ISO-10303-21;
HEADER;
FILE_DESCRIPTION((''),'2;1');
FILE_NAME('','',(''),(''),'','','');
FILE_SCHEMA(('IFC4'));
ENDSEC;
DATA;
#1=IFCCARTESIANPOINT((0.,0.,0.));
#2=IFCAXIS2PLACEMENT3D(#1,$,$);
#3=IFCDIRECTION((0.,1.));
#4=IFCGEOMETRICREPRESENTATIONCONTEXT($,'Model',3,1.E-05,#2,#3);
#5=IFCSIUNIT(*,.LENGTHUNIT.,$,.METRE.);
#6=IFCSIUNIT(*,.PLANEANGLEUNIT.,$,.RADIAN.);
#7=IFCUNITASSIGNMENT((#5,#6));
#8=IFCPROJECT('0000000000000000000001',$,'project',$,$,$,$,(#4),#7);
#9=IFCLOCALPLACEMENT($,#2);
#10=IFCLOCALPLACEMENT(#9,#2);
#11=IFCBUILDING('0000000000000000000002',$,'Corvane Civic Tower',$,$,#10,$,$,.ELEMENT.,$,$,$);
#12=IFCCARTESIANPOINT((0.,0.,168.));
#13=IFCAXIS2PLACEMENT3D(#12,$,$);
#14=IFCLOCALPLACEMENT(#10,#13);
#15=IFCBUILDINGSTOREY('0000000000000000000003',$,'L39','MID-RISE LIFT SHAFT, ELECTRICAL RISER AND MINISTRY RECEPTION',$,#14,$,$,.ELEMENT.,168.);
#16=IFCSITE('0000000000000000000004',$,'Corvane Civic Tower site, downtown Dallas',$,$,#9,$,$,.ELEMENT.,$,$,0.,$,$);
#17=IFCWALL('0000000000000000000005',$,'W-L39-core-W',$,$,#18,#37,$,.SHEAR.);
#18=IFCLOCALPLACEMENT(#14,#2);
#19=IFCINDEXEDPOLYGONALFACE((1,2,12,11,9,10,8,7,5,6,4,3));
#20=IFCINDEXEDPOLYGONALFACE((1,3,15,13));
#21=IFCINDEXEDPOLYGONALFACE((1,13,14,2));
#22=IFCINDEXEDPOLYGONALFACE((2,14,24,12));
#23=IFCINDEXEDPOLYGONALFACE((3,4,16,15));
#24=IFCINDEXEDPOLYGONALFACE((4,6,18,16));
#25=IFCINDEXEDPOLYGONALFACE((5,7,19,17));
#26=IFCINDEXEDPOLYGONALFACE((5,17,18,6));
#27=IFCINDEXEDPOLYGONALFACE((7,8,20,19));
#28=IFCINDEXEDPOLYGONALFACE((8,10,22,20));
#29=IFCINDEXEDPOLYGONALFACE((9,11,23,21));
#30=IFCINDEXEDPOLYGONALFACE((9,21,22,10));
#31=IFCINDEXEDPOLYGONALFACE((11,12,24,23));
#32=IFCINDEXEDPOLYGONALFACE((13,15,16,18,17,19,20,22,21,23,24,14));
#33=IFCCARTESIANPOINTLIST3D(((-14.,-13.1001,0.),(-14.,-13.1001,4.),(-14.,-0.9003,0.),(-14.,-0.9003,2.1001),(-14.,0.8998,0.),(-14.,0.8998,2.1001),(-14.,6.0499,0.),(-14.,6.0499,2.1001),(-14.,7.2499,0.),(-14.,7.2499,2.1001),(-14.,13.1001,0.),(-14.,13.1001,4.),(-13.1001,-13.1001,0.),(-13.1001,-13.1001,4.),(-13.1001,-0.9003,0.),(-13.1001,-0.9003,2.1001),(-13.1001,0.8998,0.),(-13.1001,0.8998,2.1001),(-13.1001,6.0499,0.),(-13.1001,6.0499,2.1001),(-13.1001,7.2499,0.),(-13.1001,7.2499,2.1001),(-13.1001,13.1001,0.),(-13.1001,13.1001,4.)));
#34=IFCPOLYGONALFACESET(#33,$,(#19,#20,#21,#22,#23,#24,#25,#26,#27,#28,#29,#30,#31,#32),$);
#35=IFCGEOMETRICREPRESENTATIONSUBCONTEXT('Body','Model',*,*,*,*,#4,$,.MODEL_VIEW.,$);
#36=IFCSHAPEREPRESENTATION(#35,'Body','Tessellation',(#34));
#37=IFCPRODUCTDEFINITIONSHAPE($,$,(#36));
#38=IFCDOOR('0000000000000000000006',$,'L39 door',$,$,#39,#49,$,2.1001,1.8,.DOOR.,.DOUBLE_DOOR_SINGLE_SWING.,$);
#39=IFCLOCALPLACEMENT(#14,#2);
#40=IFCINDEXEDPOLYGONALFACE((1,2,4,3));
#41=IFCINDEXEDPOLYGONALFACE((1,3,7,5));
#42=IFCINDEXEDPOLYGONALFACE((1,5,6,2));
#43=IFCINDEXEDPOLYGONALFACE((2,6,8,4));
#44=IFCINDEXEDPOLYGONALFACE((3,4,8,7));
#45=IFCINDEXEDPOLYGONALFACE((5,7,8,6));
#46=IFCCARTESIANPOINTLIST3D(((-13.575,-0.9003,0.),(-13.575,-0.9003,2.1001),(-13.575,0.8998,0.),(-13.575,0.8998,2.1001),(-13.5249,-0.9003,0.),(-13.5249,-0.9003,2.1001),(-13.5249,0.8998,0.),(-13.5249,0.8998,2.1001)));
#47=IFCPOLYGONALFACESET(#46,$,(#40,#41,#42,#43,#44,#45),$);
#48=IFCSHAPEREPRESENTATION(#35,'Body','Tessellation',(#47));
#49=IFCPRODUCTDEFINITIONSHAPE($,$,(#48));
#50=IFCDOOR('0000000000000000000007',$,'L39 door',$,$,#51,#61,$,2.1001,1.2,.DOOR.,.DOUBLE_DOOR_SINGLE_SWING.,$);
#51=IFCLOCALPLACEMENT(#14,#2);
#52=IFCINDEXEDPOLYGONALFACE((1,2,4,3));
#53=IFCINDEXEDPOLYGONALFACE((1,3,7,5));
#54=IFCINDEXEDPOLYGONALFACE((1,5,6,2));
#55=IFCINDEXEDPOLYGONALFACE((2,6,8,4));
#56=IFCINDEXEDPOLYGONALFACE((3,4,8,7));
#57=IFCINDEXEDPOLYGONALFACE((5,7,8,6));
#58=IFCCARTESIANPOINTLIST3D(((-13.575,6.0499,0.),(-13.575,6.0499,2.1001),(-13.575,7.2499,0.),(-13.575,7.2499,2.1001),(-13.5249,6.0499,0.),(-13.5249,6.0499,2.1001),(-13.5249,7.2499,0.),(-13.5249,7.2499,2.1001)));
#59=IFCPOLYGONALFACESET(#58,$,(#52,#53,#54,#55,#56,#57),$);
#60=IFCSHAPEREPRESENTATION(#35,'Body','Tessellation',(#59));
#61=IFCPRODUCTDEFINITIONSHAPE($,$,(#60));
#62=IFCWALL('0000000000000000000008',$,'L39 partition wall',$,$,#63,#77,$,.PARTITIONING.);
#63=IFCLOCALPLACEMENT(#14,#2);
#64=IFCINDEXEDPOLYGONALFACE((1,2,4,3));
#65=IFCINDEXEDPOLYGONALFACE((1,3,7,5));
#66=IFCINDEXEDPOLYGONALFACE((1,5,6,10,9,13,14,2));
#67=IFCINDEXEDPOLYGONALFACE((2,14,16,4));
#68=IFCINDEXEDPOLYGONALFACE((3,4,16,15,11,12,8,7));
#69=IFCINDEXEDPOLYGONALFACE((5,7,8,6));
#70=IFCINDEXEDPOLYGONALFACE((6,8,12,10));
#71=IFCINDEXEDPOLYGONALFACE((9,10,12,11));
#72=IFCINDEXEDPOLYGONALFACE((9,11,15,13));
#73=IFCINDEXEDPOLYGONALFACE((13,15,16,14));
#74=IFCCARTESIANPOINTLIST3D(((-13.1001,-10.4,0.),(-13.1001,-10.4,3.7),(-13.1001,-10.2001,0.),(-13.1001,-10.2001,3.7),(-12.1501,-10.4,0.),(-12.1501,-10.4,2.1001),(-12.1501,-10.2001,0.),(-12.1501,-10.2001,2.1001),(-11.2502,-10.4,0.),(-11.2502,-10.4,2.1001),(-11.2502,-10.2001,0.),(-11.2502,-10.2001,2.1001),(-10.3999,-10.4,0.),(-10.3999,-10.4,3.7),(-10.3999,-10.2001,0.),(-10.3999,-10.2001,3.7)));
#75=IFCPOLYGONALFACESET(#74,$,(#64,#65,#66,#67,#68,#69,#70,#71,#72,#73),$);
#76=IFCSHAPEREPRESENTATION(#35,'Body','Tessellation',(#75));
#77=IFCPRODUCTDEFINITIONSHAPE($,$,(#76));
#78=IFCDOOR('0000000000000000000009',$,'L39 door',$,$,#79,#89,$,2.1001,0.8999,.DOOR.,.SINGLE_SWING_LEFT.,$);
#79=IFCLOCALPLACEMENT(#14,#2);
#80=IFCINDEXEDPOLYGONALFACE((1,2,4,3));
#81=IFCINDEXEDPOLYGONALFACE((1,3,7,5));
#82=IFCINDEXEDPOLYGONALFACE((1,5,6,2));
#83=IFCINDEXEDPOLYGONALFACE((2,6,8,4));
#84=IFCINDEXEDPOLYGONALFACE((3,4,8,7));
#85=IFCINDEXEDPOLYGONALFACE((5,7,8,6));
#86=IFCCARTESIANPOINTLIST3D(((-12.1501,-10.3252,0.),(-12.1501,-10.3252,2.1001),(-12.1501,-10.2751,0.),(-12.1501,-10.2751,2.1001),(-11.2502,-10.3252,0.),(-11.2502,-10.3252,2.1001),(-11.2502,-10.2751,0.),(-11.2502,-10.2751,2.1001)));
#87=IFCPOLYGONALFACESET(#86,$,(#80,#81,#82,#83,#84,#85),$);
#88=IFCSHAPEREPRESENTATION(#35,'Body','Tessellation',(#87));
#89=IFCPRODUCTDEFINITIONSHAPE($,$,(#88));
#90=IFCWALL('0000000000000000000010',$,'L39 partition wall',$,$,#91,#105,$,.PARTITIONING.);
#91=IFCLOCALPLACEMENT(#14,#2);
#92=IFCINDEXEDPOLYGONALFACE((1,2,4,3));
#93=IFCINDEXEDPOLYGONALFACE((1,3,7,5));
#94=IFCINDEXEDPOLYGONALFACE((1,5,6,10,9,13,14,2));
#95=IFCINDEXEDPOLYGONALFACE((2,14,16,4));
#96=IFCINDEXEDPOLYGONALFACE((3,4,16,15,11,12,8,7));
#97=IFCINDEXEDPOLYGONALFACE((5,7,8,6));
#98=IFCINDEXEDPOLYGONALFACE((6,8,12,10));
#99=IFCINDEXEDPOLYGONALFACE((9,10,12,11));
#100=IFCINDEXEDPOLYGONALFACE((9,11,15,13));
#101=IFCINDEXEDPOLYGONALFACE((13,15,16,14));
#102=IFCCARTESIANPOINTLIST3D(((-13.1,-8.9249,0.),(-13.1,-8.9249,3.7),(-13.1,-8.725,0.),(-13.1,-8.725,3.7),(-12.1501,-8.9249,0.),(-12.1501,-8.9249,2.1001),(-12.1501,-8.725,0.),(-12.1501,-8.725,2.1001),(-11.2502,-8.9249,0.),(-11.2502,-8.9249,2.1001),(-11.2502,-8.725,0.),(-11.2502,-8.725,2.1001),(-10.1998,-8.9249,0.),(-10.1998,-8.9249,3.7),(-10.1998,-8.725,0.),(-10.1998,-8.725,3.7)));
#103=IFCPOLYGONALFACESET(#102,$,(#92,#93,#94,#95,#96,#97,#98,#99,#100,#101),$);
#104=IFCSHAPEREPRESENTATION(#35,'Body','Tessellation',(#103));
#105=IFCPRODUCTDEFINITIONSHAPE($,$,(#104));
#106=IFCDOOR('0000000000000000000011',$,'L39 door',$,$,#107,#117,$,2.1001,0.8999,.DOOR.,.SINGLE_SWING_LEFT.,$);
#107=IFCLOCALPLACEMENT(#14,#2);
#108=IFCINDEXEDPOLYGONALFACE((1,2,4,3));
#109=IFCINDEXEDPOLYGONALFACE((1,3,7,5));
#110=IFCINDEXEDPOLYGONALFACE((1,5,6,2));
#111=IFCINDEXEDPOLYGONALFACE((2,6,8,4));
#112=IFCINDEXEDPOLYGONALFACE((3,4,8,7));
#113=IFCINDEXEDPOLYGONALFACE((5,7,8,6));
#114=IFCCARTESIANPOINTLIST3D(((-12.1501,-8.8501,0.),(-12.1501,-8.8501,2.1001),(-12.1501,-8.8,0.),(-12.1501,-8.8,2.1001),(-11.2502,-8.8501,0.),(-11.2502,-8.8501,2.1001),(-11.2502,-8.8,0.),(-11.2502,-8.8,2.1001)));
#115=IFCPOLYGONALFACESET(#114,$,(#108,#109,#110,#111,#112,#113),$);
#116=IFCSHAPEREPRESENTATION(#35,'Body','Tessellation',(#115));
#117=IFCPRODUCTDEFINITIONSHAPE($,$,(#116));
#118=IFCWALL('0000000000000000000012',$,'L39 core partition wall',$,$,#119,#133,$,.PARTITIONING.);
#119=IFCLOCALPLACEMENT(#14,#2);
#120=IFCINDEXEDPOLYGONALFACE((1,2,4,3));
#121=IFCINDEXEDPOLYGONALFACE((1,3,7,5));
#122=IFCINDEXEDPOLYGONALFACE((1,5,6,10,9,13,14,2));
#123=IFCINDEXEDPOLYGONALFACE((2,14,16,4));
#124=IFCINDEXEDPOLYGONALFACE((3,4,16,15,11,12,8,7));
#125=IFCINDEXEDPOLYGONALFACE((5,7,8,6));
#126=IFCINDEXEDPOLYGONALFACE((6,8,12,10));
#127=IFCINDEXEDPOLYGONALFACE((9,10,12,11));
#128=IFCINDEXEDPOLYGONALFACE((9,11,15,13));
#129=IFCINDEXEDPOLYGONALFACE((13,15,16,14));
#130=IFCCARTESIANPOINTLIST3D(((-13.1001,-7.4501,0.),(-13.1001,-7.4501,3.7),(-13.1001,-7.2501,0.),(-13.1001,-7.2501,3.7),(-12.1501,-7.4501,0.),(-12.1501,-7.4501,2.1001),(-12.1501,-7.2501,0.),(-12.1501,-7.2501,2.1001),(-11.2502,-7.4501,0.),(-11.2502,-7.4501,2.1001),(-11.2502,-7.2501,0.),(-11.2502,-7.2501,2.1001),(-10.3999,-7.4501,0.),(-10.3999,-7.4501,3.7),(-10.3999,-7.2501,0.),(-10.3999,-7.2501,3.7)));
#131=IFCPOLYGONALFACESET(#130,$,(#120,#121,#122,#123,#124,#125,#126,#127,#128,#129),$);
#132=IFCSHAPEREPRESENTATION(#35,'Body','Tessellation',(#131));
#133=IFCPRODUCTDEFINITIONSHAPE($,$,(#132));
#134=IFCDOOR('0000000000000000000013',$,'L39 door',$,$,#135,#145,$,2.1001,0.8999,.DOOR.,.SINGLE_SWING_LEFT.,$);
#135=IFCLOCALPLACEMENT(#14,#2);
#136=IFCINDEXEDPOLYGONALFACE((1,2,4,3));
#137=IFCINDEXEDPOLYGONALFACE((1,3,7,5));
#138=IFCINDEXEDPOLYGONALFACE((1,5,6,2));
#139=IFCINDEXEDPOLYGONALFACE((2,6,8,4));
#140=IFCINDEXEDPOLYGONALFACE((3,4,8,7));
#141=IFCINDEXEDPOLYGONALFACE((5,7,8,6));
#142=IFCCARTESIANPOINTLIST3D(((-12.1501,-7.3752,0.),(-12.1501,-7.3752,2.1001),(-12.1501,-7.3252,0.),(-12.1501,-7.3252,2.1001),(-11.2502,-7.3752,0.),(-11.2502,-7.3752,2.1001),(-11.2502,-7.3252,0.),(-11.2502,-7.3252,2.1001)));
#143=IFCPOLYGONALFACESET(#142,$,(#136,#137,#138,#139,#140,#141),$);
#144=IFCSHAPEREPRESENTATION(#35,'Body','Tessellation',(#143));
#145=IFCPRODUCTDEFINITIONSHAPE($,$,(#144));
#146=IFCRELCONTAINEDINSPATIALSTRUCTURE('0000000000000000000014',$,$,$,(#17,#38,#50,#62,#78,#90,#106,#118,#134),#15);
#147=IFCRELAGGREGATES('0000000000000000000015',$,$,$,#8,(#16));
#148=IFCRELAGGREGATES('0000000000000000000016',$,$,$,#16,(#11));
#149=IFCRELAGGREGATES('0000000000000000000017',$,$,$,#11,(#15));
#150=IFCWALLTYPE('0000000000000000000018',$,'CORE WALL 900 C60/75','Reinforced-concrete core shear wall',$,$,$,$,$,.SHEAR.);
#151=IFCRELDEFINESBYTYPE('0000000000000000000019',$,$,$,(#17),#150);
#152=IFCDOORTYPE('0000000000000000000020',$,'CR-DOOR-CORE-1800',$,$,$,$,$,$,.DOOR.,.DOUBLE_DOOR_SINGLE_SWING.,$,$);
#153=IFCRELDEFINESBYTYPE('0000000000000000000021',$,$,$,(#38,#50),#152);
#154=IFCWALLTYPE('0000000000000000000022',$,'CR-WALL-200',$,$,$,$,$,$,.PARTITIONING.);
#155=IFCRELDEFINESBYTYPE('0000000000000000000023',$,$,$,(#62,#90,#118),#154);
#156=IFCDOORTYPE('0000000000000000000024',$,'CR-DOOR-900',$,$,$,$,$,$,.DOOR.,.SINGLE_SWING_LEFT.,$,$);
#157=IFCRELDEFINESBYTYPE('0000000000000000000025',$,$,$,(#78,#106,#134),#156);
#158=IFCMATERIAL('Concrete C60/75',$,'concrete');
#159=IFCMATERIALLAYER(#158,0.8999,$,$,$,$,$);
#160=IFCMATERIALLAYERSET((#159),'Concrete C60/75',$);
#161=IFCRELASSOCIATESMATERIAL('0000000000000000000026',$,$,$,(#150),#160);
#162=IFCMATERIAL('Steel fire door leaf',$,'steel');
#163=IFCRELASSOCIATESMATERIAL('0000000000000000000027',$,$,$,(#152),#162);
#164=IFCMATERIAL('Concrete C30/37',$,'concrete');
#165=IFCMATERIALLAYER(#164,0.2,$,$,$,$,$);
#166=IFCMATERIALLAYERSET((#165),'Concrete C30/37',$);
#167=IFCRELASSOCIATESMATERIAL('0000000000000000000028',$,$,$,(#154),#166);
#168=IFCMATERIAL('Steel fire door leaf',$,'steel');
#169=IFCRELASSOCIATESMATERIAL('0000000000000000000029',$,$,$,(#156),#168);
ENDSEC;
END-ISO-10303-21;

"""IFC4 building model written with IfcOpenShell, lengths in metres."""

from ifc_helpers import new_model, si_unit, direction, frame, frame_2d, origin, place, context, subcontext, project, spatial, rectangle, extrude, material, layer, layer_set, type_object, element, fill, save


model = new_model("IFC4")

# Units and contexts
model_context = context("Model", 3, precision=1e-05, world=origin(), true_north=direction((0.0, 1.0)))
body_context = subcontext(model_context, "Body", "Model", "MODEL_VIEW")
ifc_project = project(units=[si_unit("LENGTHUNIT", "METRE"), si_unit("PLANEANGLEUNIT", "RADIAN")], contexts=[model_context])

# Site, building, storey
site_placement = place(None, origin())
site = spatial("IfcSite", under=ifc_project, at=site_placement, Name="Corvane Civic Tower site, downtown Dallas", CompositionType="ELEMENT", RefElevation=0.0)
building_placement = place(site_placement, origin())
building = spatial("IfcBuilding", under=site, at=building_placement, Name="Corvane Civic Tower", CompositionType="ELEMENT")
storey_placement = place(building_placement, frame((0.0, 0.0, 168.0)))
storey = spatial("IfcBuildingStorey", under=building, at=storey_placement, Name="L39", Description="MID-RISE LIFT SHAFT, ELECTRICAL RISER AND MINISTRY RECEPTION", CompositionType="ELEMENT", Elevation=168.0)

# Shared definitions
ifc_material_1 = material(Name="Concrete C60/75", Category="concrete")
ifc_layer_1 = layer(ifc_material_1, 0.8999)
ifc_layer_set_1 = layer_set([ifc_layer_1], Name="Concrete C60/75")
wall_type_1 = type_object("IfcWallType", Name="CORE WALL 900 C60/75", Description="Reinforced-concrete core shear wall", PredefinedType="SHEAR", material=ifc_layer_set_1)

# Wall, openings, doors
wall_1_placement = place(storey_placement, frame((-13.55, -13.1001, 0.0), z_axis=(0.0, 0.0, 1.0), x_axis=(0.0, 1.0, 0.0)))
wall_1 = element("IfcWall", 1, at=wall_1_placement, inside=storey, type_object=wall_type_1, Name="W-L39-core-W", PredefinedType="SHEAR", context=body_context, shape_type="SweptSolid", body=[
    extrude(rectangle(XDim=26.2002, YDim=0.8999, at=frame_2d((13.1001, 0.0))), origin(), (0.0, 0.0, 1.0), 4.0),
])
opening_1_placement = place(wall_1_placement, frame((12.2, 0.0, 0.0)))
opening_1 = element("IfcOpeningElement", 2, at=opening_1_placement, cuts=wall_1, PredefinedType="OPENING", context=body_context, shape_type="SweptSolid", body=[
    extrude(rectangle(XDim=1.8, YDim=2.1001, at=frame_2d((0.8999, 1.05))), frame((0.0, 0.46, 0.0), z_axis=(0.0, -1.0, 0.0), x_axis=(1.0, 0.0, 0.0)), (0.0, 0.0, 1.0), 0.9199),
])
opening_2_placement = place(wall_1_placement, frame((19.1499, 0.0, 0.0)))
opening_2 = element("IfcOpeningElement", 3, at=opening_2_placement, cuts=wall_1, PredefinedType="OPENING", context=body_context, shape_type="SweptSolid", body=[
    extrude(rectangle(XDim=1.2, YDim=2.1001, at=frame_2d((0.6001, 1.05))), frame((0.0, 0.46, 0.0), z_axis=(0.0, -1.0, 0.0), x_axis=(1.0, 0.0, 0.0)), (0.0, 0.0, 1.0), 0.9199),
])
ifc_material_2 = material(Name="Steel fire door leaf", Category="steel")
door_type_1 = type_object("IfcDoorType", Name="CR-DOOR-CORE-1800", OperationType="DOUBLE_DOOR_SINGLE_SWING", PredefinedType="DOOR", material=ifc_material_2)
door_1_placement = place(opening_1_placement, origin())
door_1 = element("IfcDoor", 4, at=door_1_placement, inside=storey, type_object=door_type_1, Name="L39 door", OperationType="DOUBLE_DOOR_SINGLE_SWING", OverallHeight=2.1001, OverallWidth=1.8, PredefinedType="DOOR", context=body_context, shape_type="SweptSolid", body=[
    extrude(rectangle(XDim=1.8, YDim=2.1001, at=frame_2d((0.8999, 1.05))), frame((0.0, 0.0249, 0.0), z_axis=(0.0, -1.0, 0.0), x_axis=(1.0, 0.0, 0.0)), (0.0, 0.0, 1.0), 0.05),
])
fill(opening_1, door_1)
door_2_placement = place(opening_2_placement, origin())
door_2 = element("IfcDoor", 5, at=door_2_placement, inside=storey, type_object=door_type_1, Name="L39 door", OperationType="DOUBLE_DOOR_SINGLE_SWING", OverallHeight=2.1001, OverallWidth=1.2, PredefinedType="DOOR", context=body_context, shape_type="SweptSolid", body=[
    extrude(rectangle(XDim=1.2, YDim=2.1001, at=frame_2d((0.6001, 1.05))), frame((0.0, 0.0249, 0.0), z_axis=(0.0, -1.0, 0.0), x_axis=(1.0, 0.0, 0.0)), (0.0, 0.0, 1.0), 0.05),
])
fill(opening_2, door_2)

# Walls, openings, doors
ifc_material_3 = material(Name="Concrete C30/37", Category="concrete")
ifc_layer_2 = layer(ifc_material_3, 0.2)
ifc_layer_set_2 = layer_set([ifc_layer_2], Name="Concrete C30/37")
wall_type_2 = type_object("IfcWallType", Name="CR-WALL-200", PredefinedType="PARTITIONING", material=ifc_layer_set_2)
wall_2_placement = place(storey_placement, frame((-13.1001, -10.3, 0.0), z_axis=(0.0, 0.0, 1.0), x_axis=(1.0, 0.0, 0.0)))
wall_2 = element("IfcWall", 6, at=wall_2_placement, inside=storey, type_object=wall_type_2, Name="L39 partition wall", PredefinedType="PARTITIONING", context=body_context, shape_type="SweptSolid", body=[
    extrude(rectangle(XDim=2.7002, YDim=0.2, at=frame_2d((1.3501, 0.0))), origin(), (0.0, 0.0, 1.0), 3.7),
])
opening_3_placement = place(wall_2_placement, frame((0.95, 0.0, 0.0)))
opening_3 = element("IfcOpeningElement", 7, at=opening_3_placement, cuts=wall_2, PredefinedType="OPENING", context=body_context, shape_type="SweptSolid", body=[
    extrude(rectangle(XDim=0.8999, YDim=2.1001, at=frame_2d((0.45, 1.05))), frame((0.0, 0.1099, 0.0), z_axis=(0.0, -1.0, 0.0), x_axis=(1.0, 0.0, 0.0)), (0.0, 0.0, 1.0), 0.22),
])
ifc_material_4 = material(Name="Steel fire door leaf", Category="steel")
door_type_2 = type_object("IfcDoorType", Name="CR-DOOR-900", OperationType="SINGLE_SWING_LEFT", PredefinedType="DOOR", material=ifc_material_4)
door_3_placement = place(opening_3_placement, origin())
door_3 = element("IfcDoor", 8, at=door_3_placement, inside=storey, type_object=door_type_2, Name="L39 door", OperationType="SINGLE_SWING_LEFT", OverallHeight=2.1001, OverallWidth=0.8999, PredefinedType="DOOR", context=body_context, shape_type="SweptSolid", body=[
    extrude(rectangle(XDim=0.8999, YDim=2.1001, at=frame_2d((0.45, 1.05))), frame((0.0, 0.0249, 0.0), z_axis=(0.0, -1.0, 0.0), x_axis=(1.0, 0.0, 0.0)), (0.0, 0.0, 1.0), 0.05),
])
fill(opening_3, door_3)
wall_3_placement = place(storey_placement, frame((-13.1001, -8.825, 0.0), z_axis=(0.0, 0.0, 1.0), x_axis=(1.0, 0.0, 0.0)))
wall_3 = element("IfcWall", 9, at=wall_3_placement, inside=storey, type_object=wall_type_2, Name="L39 partition wall", PredefinedType="PARTITIONING", context=body_context, shape_type="SweptSolid", body=[
    extrude(rectangle(XDim=2.9001, YDim=0.2, at=frame_2d((1.4502, 0.0))), origin(), (0.0, 0.0, 1.0), 3.7),
])
opening_4_placement = place(wall_3_placement, frame((0.95, 0.0, 0.0)))
opening_4 = element("IfcOpeningElement", 10, at=opening_4_placement, cuts=wall_3, PredefinedType="OPENING", context=body_context, shape_type="SweptSolid", body=[
    extrude(rectangle(XDim=0.8999, YDim=2.1001, at=frame_2d((0.45, 1.05))), frame((0.0, 0.1099, 0.0), z_axis=(0.0, -1.0, 0.0), x_axis=(1.0, 0.0, 0.0)), (0.0, 0.0, 1.0), 0.22),
])
door_4_placement = place(opening_4_placement, origin())
door_4 = element("IfcDoor", 11, at=door_4_placement, inside=storey, type_object=door_type_2, Name="L39 door", OperationType="SINGLE_SWING_LEFT", OverallHeight=2.1001, OverallWidth=0.8999, PredefinedType="DOOR", context=body_context, shape_type="SweptSolid", body=[
    extrude(rectangle(XDim=0.8999, YDim=2.1001, at=frame_2d((0.45, 1.05))), frame((0.0, 0.0249, 0.0), z_axis=(0.0, -1.0, 0.0), x_axis=(1.0, 0.0, 0.0)), (0.0, 0.0, 1.0), 0.05),
])
fill(opening_4, door_4)
wall_4_placement = place(storey_placement, frame((-13.1001, -7.3501, 0.0), z_axis=(0.0, 0.0, 1.0), x_axis=(1.0, 0.0, 0.0)))
wall_4 = element("IfcWall", 12, at=wall_4_placement, inside=storey, type_object=wall_type_2, Name="L39 core partition wall", PredefinedType="PARTITIONING", context=body_context, shape_type="SweptSolid", body=[
    extrude(rectangle(XDim=2.7002, YDim=0.2, at=frame_2d((1.3501, 0.0))), origin(), (0.0, 0.0, 1.0), 3.7),
])
opening_5_placement = place(wall_4_placement, frame((0.95, 0.0, 0.0)))
opening_5 = element("IfcOpeningElement", 13, at=opening_5_placement, cuts=wall_4, PredefinedType="OPENING", context=body_context, shape_type="SweptSolid", body=[
    extrude(rectangle(XDim=0.8999, YDim=2.1001, at=frame_2d((0.45, 1.05))), frame((0.0, 0.1099, 0.0), z_axis=(0.0, -1.0, 0.0), x_axis=(1.0, 0.0, 0.0)), (0.0, 0.0, 1.0), 0.22),
])
door_5_placement = place(opening_5_placement, origin())
door_5 = element("IfcDoor", 14, at=door_5_placement, inside=storey, type_object=door_type_2, Name="L39 door", OperationType="SINGLE_SWING_LEFT", OverallHeight=2.1001, OverallWidth=0.8999, PredefinedType="DOOR", context=body_context, shape_type="SweptSolid", body=[
    extrude(rectangle(XDim=0.8999, YDim=2.1001, at=frame_2d((0.45, 1.05))), frame((0.0, 0.0249, 0.0), z_axis=(0.0, -1.0, 0.0), x_axis=(1.0, 0.0, 0.0)), (0.0, 0.0, 1.0), 0.05),
])
fill(opening_5, door_5)

save(model, "model.ifc")
